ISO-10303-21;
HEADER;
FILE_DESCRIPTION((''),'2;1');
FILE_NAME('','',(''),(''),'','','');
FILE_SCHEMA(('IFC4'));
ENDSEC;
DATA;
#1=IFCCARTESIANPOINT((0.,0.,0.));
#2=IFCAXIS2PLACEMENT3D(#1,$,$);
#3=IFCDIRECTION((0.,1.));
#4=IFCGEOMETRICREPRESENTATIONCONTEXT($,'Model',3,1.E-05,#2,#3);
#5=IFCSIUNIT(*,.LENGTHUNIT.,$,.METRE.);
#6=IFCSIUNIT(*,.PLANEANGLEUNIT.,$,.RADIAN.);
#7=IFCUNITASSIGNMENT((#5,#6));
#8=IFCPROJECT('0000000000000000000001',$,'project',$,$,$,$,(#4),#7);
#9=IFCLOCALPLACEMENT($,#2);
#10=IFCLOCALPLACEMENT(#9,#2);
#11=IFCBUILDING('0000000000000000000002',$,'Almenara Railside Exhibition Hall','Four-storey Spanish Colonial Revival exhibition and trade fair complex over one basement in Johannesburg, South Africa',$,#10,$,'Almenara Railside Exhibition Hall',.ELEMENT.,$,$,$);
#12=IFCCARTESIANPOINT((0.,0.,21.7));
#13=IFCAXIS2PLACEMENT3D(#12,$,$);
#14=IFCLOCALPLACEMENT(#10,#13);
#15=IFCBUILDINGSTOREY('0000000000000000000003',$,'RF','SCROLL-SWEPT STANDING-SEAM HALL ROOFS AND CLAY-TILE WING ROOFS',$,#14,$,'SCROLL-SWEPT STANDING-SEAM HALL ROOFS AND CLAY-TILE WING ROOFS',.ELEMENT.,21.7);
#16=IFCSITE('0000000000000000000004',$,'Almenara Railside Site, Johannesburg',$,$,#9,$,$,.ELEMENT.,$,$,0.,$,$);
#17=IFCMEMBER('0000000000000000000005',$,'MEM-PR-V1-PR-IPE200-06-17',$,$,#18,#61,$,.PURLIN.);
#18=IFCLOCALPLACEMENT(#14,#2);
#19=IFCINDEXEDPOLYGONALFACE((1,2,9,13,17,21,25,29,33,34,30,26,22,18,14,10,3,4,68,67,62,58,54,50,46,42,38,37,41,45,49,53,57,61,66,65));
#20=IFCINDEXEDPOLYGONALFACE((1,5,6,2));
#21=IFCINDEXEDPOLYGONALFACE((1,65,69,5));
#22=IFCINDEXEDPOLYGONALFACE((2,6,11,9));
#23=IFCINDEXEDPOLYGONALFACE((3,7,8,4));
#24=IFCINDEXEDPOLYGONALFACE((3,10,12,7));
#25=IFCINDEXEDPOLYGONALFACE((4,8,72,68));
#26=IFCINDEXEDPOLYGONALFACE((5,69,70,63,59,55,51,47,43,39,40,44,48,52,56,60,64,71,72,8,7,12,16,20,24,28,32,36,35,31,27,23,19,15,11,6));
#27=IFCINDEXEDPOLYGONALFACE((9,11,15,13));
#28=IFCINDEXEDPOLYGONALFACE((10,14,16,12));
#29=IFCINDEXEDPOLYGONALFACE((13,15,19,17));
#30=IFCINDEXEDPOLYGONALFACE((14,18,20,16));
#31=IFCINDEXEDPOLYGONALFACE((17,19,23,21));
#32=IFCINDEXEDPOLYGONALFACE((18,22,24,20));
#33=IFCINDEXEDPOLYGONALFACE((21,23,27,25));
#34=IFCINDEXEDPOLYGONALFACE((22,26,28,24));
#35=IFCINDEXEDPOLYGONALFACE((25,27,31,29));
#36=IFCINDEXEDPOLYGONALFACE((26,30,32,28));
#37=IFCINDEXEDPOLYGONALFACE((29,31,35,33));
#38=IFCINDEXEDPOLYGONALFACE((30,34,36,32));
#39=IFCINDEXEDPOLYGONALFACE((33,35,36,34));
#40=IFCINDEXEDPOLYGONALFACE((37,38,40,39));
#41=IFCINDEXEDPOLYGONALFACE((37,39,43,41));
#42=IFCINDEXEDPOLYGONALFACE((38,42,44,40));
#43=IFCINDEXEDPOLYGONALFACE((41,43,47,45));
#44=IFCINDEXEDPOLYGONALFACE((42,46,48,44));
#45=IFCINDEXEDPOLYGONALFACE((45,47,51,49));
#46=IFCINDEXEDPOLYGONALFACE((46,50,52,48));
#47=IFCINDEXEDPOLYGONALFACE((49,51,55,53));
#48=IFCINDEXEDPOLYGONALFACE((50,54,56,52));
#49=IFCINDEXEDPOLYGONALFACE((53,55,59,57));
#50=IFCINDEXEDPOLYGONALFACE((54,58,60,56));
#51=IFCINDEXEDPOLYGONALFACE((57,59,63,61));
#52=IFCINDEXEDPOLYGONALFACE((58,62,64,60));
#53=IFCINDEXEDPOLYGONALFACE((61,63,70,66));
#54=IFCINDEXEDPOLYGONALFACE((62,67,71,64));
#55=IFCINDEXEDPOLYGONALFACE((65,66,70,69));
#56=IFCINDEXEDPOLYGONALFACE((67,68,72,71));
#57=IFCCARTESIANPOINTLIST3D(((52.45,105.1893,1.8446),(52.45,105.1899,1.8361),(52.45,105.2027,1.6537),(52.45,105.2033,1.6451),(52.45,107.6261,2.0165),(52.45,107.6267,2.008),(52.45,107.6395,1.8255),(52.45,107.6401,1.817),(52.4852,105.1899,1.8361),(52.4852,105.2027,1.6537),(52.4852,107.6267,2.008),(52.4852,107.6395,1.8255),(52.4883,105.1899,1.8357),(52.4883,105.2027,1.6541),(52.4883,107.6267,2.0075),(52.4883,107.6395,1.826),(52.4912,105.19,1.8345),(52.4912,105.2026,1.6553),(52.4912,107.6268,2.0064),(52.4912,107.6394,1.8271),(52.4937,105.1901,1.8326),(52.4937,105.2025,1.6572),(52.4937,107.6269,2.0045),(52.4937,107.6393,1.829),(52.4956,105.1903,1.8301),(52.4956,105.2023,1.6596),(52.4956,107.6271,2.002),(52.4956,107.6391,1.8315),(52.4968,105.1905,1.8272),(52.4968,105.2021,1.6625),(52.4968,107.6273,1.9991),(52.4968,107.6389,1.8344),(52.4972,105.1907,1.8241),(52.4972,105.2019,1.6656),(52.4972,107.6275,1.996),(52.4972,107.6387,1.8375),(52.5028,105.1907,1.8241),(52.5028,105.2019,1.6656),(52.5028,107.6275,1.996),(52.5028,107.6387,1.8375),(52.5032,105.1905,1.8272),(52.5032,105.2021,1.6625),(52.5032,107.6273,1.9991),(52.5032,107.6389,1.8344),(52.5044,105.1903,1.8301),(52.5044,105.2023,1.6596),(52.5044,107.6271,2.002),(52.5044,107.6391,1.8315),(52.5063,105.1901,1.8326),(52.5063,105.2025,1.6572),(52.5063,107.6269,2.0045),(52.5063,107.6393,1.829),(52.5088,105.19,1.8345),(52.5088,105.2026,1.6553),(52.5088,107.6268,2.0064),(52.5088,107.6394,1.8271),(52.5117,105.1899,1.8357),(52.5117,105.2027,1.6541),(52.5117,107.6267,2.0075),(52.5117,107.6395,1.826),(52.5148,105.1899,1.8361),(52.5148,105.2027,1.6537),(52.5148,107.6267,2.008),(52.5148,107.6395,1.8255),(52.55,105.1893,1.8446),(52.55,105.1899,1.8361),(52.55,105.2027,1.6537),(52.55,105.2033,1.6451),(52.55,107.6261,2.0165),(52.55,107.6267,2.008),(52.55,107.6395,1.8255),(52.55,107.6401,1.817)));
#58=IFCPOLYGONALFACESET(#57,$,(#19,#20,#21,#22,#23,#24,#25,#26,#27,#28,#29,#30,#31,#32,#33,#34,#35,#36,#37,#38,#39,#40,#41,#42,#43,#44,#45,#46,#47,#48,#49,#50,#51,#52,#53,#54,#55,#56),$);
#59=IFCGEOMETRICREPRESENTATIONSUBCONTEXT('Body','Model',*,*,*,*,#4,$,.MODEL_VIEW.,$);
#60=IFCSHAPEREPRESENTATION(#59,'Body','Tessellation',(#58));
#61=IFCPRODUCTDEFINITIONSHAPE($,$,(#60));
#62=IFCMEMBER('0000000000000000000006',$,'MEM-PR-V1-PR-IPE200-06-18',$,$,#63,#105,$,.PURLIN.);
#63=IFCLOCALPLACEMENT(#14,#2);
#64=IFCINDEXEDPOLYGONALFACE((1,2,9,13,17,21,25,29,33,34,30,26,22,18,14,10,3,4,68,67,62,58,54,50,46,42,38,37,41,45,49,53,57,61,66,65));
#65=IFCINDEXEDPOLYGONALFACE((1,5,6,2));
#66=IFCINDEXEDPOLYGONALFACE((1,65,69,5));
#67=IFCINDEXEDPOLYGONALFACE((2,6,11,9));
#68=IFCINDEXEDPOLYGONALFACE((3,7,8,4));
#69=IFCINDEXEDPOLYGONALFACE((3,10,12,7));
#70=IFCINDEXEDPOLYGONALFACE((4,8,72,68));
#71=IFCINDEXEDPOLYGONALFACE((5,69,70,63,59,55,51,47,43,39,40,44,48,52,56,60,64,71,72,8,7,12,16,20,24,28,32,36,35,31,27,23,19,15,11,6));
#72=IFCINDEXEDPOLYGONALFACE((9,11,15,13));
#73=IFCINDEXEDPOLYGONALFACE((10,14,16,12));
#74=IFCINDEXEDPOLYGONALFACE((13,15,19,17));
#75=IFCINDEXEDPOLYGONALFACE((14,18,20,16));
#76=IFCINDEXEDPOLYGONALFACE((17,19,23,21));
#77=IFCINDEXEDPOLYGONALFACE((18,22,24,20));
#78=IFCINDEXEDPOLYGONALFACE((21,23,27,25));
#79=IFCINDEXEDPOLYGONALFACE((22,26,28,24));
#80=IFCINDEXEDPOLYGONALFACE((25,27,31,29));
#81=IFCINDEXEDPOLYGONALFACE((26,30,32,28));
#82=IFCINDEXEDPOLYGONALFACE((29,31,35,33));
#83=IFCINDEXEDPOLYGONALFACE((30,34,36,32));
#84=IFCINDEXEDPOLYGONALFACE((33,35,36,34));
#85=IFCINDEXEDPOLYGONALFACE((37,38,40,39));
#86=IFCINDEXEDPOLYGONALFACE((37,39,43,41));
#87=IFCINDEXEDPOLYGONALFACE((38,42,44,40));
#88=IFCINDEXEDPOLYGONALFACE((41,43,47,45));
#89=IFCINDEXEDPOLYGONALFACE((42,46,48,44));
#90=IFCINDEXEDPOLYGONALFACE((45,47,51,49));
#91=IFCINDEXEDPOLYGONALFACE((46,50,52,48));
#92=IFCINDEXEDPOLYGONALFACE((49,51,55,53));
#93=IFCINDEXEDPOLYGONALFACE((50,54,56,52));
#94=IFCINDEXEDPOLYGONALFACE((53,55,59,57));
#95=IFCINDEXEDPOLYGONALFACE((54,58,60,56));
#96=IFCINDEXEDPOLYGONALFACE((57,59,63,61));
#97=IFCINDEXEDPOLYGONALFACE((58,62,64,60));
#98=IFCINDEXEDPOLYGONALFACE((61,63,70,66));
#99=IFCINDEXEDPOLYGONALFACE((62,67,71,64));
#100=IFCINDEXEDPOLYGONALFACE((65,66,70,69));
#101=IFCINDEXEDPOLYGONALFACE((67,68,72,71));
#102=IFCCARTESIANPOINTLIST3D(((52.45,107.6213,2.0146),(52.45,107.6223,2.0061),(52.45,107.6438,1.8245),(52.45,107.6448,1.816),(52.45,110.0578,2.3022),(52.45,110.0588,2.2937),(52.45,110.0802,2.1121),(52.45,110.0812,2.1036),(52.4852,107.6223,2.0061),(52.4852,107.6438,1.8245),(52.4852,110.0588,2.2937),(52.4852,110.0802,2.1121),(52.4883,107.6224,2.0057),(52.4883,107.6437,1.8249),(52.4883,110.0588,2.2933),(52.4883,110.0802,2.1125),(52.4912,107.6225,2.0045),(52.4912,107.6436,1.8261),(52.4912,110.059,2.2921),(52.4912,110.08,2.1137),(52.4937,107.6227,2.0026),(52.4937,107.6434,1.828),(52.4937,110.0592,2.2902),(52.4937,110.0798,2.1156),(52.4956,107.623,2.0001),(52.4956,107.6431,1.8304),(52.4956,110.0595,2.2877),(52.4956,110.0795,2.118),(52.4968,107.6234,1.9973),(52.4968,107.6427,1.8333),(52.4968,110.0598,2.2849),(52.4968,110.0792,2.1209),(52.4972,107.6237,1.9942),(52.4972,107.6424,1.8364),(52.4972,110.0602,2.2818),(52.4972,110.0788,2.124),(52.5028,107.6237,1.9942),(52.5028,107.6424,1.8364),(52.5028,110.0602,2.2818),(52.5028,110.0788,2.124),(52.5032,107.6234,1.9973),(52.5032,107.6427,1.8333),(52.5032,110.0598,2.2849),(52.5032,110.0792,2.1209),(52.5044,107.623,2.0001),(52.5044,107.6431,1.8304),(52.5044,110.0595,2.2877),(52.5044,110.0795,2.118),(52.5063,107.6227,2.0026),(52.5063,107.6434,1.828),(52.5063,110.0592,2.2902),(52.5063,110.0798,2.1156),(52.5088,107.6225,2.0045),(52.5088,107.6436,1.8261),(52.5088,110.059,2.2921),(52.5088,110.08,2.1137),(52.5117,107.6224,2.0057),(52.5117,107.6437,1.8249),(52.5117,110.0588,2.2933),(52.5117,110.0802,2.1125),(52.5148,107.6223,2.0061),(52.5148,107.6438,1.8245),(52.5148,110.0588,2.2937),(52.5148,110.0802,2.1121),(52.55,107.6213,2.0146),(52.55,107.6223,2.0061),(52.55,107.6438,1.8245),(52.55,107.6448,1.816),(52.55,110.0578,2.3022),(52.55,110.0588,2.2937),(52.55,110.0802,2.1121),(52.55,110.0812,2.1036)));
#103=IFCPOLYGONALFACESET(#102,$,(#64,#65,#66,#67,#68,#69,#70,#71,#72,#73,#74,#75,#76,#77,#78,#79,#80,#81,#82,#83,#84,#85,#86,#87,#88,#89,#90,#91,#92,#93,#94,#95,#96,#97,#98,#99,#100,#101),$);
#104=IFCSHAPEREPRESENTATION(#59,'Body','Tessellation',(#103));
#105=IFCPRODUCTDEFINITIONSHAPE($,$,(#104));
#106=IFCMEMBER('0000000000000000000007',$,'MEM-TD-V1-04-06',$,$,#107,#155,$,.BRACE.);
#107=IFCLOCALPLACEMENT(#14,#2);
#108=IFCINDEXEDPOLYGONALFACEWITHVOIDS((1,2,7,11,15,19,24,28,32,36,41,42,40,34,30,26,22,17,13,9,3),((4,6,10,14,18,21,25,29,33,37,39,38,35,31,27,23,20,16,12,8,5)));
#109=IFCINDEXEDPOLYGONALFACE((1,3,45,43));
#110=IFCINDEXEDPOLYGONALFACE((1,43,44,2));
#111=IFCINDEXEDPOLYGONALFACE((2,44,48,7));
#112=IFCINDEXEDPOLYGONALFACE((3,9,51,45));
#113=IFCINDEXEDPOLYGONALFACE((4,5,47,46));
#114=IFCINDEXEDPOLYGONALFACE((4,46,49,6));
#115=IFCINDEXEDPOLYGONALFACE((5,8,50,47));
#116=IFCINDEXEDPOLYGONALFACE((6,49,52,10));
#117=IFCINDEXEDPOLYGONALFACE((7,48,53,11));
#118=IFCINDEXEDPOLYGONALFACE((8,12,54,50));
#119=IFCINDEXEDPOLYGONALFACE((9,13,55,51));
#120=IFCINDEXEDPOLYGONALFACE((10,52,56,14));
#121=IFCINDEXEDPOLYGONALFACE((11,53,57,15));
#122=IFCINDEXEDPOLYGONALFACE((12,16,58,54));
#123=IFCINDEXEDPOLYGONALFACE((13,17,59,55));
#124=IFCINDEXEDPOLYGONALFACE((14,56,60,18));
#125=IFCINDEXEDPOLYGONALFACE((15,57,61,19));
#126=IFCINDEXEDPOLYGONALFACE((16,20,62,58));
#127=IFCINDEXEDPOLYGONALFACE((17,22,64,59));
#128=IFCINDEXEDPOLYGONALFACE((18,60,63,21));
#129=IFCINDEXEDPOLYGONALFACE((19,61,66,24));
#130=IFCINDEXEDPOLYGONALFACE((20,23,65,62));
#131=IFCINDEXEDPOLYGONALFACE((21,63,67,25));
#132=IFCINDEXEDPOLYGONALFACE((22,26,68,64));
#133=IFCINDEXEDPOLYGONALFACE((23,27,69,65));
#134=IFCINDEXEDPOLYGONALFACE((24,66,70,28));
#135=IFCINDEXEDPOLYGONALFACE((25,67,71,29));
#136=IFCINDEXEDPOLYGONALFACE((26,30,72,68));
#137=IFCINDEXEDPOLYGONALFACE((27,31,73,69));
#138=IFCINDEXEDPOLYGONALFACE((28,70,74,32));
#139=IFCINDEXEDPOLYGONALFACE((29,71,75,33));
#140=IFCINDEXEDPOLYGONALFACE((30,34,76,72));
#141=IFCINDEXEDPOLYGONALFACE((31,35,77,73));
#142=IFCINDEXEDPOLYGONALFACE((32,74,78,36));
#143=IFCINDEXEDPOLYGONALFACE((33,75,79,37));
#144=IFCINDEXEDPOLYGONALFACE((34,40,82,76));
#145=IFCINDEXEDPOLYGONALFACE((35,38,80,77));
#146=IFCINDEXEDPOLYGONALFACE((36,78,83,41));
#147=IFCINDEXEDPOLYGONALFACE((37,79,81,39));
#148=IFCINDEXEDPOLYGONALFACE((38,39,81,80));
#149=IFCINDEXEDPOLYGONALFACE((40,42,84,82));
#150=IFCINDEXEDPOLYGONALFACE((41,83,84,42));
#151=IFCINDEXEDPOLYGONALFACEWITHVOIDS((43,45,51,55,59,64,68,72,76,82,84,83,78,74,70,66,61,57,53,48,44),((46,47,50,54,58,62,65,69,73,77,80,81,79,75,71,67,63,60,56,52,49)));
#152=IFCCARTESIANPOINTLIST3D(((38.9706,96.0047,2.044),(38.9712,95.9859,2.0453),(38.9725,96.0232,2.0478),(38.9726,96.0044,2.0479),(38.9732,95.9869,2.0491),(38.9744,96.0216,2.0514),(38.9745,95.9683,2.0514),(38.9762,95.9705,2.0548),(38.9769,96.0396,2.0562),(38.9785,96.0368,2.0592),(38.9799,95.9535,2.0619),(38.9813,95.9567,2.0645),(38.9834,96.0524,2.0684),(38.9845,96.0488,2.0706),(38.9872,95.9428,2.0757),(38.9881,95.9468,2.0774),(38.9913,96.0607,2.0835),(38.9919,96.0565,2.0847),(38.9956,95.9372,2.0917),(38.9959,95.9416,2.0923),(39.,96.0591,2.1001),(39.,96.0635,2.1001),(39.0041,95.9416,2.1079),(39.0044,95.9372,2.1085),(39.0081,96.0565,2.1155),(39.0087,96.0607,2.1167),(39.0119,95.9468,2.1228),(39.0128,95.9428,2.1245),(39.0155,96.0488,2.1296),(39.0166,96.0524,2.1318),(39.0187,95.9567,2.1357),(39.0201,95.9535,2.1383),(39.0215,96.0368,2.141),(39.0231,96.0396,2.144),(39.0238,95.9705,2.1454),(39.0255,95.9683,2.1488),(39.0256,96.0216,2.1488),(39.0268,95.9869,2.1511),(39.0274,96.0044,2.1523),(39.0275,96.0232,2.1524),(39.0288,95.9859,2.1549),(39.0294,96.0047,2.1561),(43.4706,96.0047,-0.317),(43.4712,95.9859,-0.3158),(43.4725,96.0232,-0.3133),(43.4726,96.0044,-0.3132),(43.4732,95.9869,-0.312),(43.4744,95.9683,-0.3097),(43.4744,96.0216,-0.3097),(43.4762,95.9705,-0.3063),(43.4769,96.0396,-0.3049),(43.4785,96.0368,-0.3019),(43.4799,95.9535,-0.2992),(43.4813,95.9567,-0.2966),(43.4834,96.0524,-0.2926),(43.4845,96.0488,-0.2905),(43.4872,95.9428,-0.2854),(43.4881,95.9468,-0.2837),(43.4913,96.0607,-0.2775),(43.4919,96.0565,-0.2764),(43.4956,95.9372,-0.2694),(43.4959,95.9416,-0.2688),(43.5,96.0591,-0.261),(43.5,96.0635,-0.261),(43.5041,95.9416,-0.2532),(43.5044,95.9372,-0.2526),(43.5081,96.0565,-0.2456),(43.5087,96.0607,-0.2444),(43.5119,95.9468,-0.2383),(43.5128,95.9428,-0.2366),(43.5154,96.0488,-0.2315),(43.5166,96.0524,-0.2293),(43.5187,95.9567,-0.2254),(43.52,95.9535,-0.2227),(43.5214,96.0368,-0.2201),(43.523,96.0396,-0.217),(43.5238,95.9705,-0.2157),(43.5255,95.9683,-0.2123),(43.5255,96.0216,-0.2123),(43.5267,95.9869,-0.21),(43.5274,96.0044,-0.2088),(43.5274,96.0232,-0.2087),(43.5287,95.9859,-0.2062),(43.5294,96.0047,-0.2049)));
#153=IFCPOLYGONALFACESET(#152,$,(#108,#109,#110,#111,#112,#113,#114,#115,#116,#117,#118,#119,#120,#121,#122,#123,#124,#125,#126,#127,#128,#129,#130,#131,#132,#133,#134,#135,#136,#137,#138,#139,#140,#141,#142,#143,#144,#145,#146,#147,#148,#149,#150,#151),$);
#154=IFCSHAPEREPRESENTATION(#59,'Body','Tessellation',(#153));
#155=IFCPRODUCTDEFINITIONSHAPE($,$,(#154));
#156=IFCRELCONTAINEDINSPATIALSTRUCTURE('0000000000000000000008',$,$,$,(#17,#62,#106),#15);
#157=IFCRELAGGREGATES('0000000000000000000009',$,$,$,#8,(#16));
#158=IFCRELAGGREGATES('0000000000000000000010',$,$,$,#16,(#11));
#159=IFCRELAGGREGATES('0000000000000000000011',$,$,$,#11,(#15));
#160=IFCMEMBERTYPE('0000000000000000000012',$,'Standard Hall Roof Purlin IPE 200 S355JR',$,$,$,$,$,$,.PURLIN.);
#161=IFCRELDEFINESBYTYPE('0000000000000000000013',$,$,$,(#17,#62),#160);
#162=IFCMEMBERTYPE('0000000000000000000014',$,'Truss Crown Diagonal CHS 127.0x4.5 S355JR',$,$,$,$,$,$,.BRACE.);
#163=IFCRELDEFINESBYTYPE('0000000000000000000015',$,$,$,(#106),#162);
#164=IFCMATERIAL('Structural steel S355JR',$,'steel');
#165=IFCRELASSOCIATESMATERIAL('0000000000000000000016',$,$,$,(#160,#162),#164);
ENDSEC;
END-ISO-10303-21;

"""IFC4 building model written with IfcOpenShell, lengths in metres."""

from ifc_helpers import new_model, si_unit, direction, frame, origin, origin_2d, place, context, subcontext, project, spatial, hollow_circle, i_section, extrude, material, material_profile, profile_set, type_object, element, save


model = new_model("IFC4")

# Units and contexts
model_context = context("Model", 3, precision=1e-05, world=origin(), true_north=direction((0.0, 1.0)))
body_context = subcontext(model_context, "Body", "Model", "MODEL_VIEW")
ifc_project = project(units=[si_unit("LENGTHUNIT", "METRE"), si_unit("PLANEANGLEUNIT", "RADIAN")], contexts=[model_context])

# Site, building, storey
site_placement = place(None, origin())
site = spatial("IfcSite", under=ifc_project, at=site_placement, Name="Almenara Railside Site, Johannesburg", CompositionType="ELEMENT", RefElevation=0.0)
building_placement = place(site_placement, origin())
building = spatial("IfcBuilding", under=site, at=building_placement, Name="Almenara Railside Exhibition Hall", Description="Four-storey Spanish Colonial Revival exhibition and trade fair complex over one basement in Johannesburg, South Africa", LongName="Almenara Railside Exhibition Hall", CompositionType="ELEMENT")
storey_placement = place(building_placement, frame((0.0, 0.0, 21.7)))
storey = spatial("IfcBuildingStorey", under=building, at=storey_placement, Name="RF", Description="SCROLL-SWEPT STANDING-SEAM HALL ROOFS AND CLAY-TILE WING ROOFS", LongName="SCROLL-SWEPT STANDING-SEAM HALL ROOFS AND CLAY-TILE WING ROOFS", CompositionType="ELEMENT", Elevation=21.7)

# Members
ifc_material_1 = material(Name="Structural steel S355JR", Category="steel")
ifc_material_profile_1 = material_profile(ifc_material_1, i_section(OverallWidth=0.1001, OverallDepth=0.2, WebThickness=0.0056, FlangeThickness=0.0085, FilletRadius=0.012, at=origin_2d()), Name="IPE 200")
ifc_profile_set_1 = profile_set([ifc_material_profile_1], Name="Structural steel S355JR")
member_type_1 = type_object("IfcMemberType", Name="Standard Hall Roof Purlin IPE 200 S355JR", PredefinedType="PURLIN", material=ifc_profile_set_1)
member_1_placement = place(storey_placement, frame((52.5, 105.1963, 1.7449), z_axis=(0.0, 0.997522, 0.070359), x_axis=(-1.0, 0.0, 0.0)))
element("IfcMember", 1, at=member_1_placement, inside=storey, type_object=member_type_1, Name="MEM-PR-V1-PR-IPE200-06-17", PredefinedType="PURLIN", context=body_context, shape_type="SweptSolid", body=[
    extrude(i_section(OverallWidth=0.1001, OverallDepth=0.2, WebThickness=0.0056, FlangeThickness=0.0085, FilletRadius=0.012, at=origin_2d()), origin(), (0.0, 0.0, 1.0), 2.4429),
])
member_2_placement = place(storey_placement, frame((52.5, 107.6331, 1.9153), z_axis=(0.0, 0.993106, 0.117222), x_axis=(-1.0, 0.0, 0.0)))
element("IfcMember", 2, at=member_2_placement, inside=storey, type_object=member_type_1, Name="MEM-PR-V1-PR-IPE200-06-18", PredefinedType="PURLIN", context=body_context, shape_type="SweptSolid", body=[
    extrude(i_section(OverallWidth=0.1001, OverallDepth=0.2, WebThickness=0.0056, FlangeThickness=0.0085, FilletRadius=0.012, at=origin_2d()), origin(), (0.0, 0.0, 1.0), 2.4534),
])
ifc_material_profile_2 = material_profile(ifc_material_1, hollow_circle(Radius=0.0635, WallThickness=0.0044, at=origin_2d()), Name="CHS 127.0x4.5")
ifc_profile_set_2 = profile_set([ifc_material_profile_2], Name="Structural steel S355JR")
member_type_2 = type_object("IfcMemberType", Name="Truss Crown Diagonal CHS 127.0x4.5 S355JR", PredefinedType="BRACE", material=ifc_profile_set_2)
member_3_placement = place(storey_placement, frame((39.0, 96.0, 2.1001), z_axis=(0.885513, 0.0, -0.464615), x_axis=(0.0, 1.0, 0.0)))
element("IfcMember", 3, at=member_3_placement, inside=storey, type_object=member_type_2, Name="MEM-TD-V1-04-06", PredefinedType="BRACE", context=body_context, shape_type="SweptSolid", body=[
    extrude(hollow_circle(Radius=0.0635, WallThickness=0.0044, at=origin_2d()), origin(), (0.0, 0.0, 1.0), 5.0818),
])

save(model, "model.ifc")
